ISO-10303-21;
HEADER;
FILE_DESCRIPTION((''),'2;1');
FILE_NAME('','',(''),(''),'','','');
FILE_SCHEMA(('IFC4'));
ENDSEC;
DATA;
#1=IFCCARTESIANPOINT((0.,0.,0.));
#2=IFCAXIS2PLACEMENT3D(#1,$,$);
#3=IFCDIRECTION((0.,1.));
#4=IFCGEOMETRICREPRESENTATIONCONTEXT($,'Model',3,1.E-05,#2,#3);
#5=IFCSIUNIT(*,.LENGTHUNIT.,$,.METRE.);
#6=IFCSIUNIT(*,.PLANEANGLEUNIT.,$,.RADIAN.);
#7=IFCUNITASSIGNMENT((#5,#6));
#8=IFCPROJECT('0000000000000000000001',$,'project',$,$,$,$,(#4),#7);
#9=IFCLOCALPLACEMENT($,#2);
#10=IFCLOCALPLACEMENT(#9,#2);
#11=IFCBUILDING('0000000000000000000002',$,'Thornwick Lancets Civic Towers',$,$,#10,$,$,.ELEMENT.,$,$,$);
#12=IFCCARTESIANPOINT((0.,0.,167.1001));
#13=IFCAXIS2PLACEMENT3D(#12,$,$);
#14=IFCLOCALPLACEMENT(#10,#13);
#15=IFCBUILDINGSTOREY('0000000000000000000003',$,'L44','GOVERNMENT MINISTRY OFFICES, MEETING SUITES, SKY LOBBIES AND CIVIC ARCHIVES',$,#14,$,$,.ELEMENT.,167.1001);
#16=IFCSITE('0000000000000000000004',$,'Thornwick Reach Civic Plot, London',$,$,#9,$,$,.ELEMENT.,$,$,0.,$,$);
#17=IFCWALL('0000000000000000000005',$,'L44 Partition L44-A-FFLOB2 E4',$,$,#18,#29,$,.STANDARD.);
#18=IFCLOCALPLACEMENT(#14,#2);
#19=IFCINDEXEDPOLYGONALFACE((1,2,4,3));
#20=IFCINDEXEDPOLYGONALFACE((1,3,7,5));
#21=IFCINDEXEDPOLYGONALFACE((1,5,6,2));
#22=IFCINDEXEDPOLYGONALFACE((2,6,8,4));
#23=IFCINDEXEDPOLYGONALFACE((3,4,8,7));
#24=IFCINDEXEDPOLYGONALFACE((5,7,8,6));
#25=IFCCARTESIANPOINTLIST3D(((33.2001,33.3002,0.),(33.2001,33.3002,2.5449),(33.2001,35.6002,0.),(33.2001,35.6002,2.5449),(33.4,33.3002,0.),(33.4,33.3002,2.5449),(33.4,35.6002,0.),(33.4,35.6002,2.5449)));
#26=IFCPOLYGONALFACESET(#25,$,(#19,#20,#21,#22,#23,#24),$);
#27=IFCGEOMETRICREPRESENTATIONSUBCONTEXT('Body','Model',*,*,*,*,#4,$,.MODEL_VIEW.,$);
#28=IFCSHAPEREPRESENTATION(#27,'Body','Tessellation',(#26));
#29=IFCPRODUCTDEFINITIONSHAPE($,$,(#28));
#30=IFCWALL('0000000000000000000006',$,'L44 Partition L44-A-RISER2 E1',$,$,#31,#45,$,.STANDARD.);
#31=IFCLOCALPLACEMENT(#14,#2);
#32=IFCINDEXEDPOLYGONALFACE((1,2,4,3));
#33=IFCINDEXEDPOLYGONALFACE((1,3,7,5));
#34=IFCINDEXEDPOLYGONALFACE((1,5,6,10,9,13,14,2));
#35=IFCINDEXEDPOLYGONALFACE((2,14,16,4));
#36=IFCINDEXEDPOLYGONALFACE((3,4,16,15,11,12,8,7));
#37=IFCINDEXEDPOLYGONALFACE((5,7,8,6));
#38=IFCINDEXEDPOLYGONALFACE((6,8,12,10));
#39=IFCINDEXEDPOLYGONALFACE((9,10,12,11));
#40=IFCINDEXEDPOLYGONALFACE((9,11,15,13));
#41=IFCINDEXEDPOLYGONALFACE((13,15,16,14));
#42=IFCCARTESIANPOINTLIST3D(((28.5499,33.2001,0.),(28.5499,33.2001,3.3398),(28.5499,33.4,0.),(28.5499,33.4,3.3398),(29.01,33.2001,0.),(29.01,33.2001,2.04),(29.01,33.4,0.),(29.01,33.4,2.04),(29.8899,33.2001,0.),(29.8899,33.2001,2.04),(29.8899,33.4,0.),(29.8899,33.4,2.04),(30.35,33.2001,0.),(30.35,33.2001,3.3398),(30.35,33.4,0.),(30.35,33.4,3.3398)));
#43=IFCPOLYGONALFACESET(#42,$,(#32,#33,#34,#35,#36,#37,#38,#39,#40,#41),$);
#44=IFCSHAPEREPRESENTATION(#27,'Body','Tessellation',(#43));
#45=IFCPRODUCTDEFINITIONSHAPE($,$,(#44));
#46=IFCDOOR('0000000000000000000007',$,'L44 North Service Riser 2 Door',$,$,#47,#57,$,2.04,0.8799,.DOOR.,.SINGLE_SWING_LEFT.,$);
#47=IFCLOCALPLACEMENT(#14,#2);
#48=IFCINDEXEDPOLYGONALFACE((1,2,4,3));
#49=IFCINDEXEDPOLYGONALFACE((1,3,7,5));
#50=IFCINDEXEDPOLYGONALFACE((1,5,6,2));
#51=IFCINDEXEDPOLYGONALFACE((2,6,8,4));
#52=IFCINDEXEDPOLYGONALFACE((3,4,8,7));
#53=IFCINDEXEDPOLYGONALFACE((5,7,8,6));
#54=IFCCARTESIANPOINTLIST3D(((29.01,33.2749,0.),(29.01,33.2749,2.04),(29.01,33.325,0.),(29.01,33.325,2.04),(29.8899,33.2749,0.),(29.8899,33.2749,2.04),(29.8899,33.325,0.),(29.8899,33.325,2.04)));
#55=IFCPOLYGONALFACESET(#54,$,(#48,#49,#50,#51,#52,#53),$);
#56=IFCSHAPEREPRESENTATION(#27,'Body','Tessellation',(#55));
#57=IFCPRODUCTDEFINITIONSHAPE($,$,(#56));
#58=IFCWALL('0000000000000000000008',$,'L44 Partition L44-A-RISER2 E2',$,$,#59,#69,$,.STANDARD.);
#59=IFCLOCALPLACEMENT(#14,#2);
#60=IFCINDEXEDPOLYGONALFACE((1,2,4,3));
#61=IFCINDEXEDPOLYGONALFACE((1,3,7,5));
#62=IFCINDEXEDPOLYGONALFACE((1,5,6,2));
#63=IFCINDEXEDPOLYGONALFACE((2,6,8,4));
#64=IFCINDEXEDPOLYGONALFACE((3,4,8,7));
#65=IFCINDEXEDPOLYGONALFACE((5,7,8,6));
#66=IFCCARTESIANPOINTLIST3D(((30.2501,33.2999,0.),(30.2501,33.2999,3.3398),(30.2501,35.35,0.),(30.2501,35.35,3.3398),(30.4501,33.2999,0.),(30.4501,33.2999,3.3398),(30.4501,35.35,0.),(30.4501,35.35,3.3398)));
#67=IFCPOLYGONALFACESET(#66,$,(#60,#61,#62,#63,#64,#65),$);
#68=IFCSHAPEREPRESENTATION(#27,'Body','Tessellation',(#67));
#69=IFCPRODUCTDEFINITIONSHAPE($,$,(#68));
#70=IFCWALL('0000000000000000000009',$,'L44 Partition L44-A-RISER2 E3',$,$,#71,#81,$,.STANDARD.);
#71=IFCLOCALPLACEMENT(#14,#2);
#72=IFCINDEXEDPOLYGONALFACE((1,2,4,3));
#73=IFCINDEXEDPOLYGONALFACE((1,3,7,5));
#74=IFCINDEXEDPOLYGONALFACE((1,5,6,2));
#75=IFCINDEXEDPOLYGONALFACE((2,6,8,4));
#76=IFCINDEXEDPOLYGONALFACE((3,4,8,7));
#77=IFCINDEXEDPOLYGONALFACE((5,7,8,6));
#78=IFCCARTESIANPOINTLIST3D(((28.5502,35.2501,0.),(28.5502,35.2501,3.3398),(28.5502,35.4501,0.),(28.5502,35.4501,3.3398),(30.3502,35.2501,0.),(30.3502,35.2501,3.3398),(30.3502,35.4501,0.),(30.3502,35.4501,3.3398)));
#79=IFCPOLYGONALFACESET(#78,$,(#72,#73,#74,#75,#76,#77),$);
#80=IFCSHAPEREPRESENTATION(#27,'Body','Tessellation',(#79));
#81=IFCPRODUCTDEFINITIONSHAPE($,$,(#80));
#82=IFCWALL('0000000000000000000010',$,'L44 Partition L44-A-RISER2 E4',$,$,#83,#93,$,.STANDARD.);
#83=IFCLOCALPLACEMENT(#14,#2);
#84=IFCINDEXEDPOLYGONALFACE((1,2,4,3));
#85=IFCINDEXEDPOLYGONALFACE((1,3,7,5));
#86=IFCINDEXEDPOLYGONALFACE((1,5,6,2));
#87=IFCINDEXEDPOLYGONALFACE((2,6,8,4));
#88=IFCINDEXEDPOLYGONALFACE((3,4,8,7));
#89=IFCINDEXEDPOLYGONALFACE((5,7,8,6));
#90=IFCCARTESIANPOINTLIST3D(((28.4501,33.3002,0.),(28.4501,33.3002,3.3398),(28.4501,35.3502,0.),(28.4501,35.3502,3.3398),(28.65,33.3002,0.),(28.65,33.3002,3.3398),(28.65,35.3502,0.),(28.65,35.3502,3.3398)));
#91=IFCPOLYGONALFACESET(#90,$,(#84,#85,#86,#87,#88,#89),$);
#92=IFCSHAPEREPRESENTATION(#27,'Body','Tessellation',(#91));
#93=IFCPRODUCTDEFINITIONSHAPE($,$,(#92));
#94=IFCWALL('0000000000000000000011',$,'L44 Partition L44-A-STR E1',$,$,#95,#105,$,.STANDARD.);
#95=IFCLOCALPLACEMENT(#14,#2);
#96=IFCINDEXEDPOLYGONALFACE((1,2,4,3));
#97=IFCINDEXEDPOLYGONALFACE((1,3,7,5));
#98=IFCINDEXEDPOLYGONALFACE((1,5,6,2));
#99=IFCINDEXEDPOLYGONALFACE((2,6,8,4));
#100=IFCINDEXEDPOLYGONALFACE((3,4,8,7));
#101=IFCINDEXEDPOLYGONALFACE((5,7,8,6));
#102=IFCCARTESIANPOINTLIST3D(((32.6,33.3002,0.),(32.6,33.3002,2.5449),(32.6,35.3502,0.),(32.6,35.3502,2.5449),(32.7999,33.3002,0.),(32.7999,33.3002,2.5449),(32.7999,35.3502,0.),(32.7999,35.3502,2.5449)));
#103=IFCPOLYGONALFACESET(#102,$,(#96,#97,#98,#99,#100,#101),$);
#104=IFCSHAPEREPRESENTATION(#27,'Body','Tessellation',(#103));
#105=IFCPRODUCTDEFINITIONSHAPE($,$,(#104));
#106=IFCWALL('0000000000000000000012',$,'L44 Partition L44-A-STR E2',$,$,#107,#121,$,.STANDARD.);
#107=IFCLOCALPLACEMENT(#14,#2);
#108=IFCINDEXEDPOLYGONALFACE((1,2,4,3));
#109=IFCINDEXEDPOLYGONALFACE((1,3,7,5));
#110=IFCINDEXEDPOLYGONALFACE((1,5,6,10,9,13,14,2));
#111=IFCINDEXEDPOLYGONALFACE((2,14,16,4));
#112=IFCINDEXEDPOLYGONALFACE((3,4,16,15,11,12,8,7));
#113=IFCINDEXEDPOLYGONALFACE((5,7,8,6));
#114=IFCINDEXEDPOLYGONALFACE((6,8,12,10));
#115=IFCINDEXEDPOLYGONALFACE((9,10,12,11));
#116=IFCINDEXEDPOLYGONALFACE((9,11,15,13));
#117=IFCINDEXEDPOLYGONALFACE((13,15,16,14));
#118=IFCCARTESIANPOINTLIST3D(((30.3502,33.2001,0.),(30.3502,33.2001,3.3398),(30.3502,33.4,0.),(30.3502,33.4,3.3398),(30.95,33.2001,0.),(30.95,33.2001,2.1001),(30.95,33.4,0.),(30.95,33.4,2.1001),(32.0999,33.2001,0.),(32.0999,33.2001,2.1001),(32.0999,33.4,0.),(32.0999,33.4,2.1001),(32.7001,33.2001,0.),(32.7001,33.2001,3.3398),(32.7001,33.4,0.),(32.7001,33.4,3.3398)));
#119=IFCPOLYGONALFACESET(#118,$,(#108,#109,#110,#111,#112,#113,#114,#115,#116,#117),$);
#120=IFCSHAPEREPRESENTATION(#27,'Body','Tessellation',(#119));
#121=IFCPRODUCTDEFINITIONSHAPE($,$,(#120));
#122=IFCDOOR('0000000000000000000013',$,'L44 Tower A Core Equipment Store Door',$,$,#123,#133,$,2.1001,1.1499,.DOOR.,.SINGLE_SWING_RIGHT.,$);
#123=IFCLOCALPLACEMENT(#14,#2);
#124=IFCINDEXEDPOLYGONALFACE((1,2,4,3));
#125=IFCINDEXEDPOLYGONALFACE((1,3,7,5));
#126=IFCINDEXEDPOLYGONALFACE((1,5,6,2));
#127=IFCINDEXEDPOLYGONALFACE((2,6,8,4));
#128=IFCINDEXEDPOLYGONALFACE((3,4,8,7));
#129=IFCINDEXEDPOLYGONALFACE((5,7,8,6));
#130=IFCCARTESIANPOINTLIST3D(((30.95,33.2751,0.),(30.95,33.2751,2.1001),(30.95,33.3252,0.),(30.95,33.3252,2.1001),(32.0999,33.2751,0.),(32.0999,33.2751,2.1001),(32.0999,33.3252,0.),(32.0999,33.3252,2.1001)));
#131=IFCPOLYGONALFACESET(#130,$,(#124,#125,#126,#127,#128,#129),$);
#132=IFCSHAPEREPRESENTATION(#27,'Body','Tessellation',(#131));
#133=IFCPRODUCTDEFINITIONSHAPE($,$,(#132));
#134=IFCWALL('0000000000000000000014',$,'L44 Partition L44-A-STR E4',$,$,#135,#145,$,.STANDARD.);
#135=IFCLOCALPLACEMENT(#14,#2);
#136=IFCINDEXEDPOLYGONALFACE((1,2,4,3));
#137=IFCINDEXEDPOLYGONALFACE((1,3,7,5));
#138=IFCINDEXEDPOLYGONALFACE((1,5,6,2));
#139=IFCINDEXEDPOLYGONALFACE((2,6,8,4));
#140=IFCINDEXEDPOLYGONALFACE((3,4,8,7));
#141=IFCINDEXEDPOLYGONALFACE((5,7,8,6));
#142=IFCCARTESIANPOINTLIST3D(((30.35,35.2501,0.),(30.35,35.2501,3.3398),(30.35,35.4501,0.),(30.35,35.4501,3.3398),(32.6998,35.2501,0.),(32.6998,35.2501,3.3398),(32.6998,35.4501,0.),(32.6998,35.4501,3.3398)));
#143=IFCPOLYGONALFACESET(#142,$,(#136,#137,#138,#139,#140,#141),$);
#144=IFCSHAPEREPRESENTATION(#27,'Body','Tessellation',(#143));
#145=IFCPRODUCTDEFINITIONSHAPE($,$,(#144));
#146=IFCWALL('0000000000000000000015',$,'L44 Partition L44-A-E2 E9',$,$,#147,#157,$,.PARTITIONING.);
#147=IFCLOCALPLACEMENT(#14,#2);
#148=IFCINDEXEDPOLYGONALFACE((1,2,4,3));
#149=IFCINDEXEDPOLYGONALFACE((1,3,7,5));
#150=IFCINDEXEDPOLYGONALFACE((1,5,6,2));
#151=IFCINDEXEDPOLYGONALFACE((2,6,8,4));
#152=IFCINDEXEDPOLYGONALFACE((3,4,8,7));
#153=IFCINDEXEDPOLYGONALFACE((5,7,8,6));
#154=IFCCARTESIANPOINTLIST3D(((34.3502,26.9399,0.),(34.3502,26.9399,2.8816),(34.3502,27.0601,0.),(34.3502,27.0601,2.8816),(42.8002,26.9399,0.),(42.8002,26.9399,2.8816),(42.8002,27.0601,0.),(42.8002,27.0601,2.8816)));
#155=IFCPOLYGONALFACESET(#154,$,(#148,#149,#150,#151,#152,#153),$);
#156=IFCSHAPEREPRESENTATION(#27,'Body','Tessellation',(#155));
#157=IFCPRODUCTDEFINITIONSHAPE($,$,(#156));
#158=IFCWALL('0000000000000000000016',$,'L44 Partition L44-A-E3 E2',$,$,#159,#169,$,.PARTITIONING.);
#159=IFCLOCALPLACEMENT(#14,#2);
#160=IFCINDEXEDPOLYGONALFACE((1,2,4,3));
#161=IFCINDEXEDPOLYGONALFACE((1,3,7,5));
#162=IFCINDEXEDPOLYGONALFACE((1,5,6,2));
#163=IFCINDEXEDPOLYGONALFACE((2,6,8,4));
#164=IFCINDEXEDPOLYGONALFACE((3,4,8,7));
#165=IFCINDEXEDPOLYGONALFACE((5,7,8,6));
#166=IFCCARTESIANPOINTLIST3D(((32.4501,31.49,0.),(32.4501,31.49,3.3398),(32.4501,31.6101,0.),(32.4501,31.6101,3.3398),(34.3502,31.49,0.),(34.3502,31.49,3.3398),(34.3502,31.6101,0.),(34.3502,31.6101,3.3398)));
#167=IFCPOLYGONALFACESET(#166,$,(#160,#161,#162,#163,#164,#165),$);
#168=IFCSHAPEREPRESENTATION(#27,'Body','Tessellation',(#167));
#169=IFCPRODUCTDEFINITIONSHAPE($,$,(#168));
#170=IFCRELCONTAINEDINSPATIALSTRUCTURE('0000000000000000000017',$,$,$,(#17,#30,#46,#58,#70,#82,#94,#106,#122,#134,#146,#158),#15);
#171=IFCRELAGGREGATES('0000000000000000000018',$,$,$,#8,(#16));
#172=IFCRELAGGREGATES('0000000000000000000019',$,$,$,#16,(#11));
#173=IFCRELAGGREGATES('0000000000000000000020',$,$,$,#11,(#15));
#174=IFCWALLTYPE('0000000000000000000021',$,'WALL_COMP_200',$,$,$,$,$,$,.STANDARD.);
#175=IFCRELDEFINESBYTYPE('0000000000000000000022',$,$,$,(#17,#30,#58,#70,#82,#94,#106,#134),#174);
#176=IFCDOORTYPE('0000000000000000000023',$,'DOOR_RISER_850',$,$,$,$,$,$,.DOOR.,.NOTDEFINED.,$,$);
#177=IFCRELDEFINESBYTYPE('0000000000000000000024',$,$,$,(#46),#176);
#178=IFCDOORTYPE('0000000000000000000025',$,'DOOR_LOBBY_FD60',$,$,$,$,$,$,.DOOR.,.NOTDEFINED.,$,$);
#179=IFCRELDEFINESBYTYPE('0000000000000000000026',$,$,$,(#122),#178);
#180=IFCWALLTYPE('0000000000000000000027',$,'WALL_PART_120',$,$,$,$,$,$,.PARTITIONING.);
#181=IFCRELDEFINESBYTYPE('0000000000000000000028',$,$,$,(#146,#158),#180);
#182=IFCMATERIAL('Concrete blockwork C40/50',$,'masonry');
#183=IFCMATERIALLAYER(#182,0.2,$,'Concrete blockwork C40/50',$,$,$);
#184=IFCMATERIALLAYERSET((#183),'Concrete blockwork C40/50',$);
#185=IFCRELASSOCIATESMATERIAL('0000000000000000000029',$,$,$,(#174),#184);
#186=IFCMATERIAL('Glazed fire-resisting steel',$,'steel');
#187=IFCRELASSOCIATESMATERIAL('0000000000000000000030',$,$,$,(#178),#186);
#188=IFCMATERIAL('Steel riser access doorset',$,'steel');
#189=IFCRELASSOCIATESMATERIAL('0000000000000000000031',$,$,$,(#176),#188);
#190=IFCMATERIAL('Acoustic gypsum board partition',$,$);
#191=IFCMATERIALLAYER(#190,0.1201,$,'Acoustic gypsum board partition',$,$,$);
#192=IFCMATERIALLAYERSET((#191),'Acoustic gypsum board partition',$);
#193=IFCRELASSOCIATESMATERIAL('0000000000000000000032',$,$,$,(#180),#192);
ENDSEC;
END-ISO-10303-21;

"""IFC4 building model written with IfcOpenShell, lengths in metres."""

from ifc_helpers import new_model, si_unit, direction, frame, frame_2d, origin, place, context, subcontext, project, spatial, rectangle, extrude, material, layer, layer_set, type_object, element, fill, save


model = new_model("IFC4")

# Units and contexts
model_context = context("Model", 3, precision=1e-05, world=origin(), true_north=direction((0.0, 1.0)))
body_context = subcontext(model_context, "Body", "Model", "MODEL_VIEW")
ifc_project = project(units=[si_unit("LENGTHUNIT", "METRE"), si_unit("PLANEANGLEUNIT", "RADIAN")], contexts=[model_context])

# Site, building, storey
site_placement = place(None, origin())
site = spatial("IfcSite", under=ifc_project, at=site_placement, Name="Thornwick Reach Civic Plot, London", CompositionType="ELEMENT", RefElevation=0.0)
building_placement = place(site_placement, origin())
building = spatial("IfcBuilding", under=site, at=building_placement, Name="Thornwick Lancets Civic Towers", CompositionType="ELEMENT")
storey_placement = place(building_placement, frame((0.0, 0.0, 167.1001)))
storey = spatial("IfcBuildingStorey", under=building, at=storey_placement, Name="L44", Description="GOVERNMENT MINISTRY OFFICES, MEETING SUITES, SKY LOBBIES AND CIVIC ARCHIVES", CompositionType="ELEMENT", Elevation=167.1001)

# Shared definitions
ifc_material_1 = material(Name="Concrete blockwork C40/50", Category="masonry")
ifc_layer_1 = layer(ifc_material_1, 0.2, Name="Concrete blockwork C40/50")
ifc_layer_set_1 = layer_set([ifc_layer_1], Name="Concrete blockwork C40/50")
wall_type_1 = type_object("IfcWallType", Name="WALL_COMP_200", PredefinedType="STANDARD", material=ifc_layer_set_1)
ifc_material_2 = material(Name="Glazed fire-resisting steel", Category="steel")
door_type_1 = type_object("IfcDoorType", Name="DOOR_LOBBY_FD60", OperationType="NOTDEFINED", PredefinedType="DOOR", material=ifc_material_2)

# Wall
wall_1_placement = place(storey_placement, frame((33.3, 35.6001, 0.0), z_axis=(0.0, 0.0, 1.0), x_axis=(0.0, -1.0, 0.0)))
element("IfcWall", 1, at=wall_1_placement, inside=storey, type_object=wall_type_1, Name="L44 Partition L44-A-FFLOB2 E4", PredefinedType="STANDARD", context=body_context, shape_type="SweptSolid", body=[
    extrude(rectangle(XDim=2.3, YDim=0.2, at=frame_2d((1.1499, 0.0))), origin(), (0.0, 0.0, 1.0), 2.5449),
])

# Wall, opening, door
wall_2_placement = place(storey_placement, frame((28.55, 33.3, 0.0), z_axis=(0.0, 0.0, 1.0), x_axis=(1.0, 0.0, 0.0)))
wall_2 = element("IfcWall", 2, at=wall_2_placement, inside=storey, type_object=wall_type_1, Name="L44 Partition L44-A-RISER2 E1", PredefinedType="STANDARD", context=body_context, shape_type="SweptSolid", body=[
    extrude(rectangle(XDim=1.8, YDim=0.2, at=frame_2d((0.8999, 0.0))), origin(), (0.0, 0.0, 1.0), 3.3398),
])
opening_1_placement = place(wall_2_placement, frame((0.46, 0.0, 0.0)))
opening_1 = element("IfcOpeningElement", 3, at=opening_1_placement, cuts=wall_2, PredefinedType="OPENING", context=body_context, shape_type="SweptSolid", body=[
    extrude(rectangle(XDim=0.8799, YDim=2.04, at=frame_2d((0.4399, 1.02))), frame((0.0, 0.1099, 0.0), z_axis=(0.0, -1.0, 0.0), x_axis=(1.0, 0.0, 0.0)), (0.0, 0.0, 1.0), 0.22),
])
ifc_material_3 = material(Name="Steel riser access doorset", Category="steel")
door_type_2 = type_object("IfcDoorType", Name="DOOR_RISER_850", OperationType="NOTDEFINED", PredefinedType="DOOR", material=ifc_material_3)
door_1_placement = place(opening_1_placement, origin())
door_1 = element("IfcDoor", 4, at=door_1_placement, inside=storey, type_object=door_type_2, Name="L44 North Service Riser 2 Door", OperationType="SINGLE_SWING_LEFT", OverallHeight=2.04, OverallWidth=0.8799, PredefinedType="DOOR", context=body_context, shape_type="SweptSolid", body=[
    extrude(rectangle(XDim=0.8799, YDim=2.04, at=frame_2d((0.4399, 1.02))), frame((0.0, 0.0249, 0.0), z_axis=(0.0, -1.0, 0.0), x_axis=(1.0, 0.0, 0.0)), (0.0, 0.0, 1.0), 0.05),
])
fill(opening_1, door_1)

# Walls
wall_3_placement = place(storey_placement, frame((30.3501, 33.3, 0.0), z_axis=(0.0, 0.0, 1.0), x_axis=(0.0, 1.0, 0.0)))
element("IfcWall", 5, at=wall_3_placement, inside=storey, type_object=wall_type_1, Name="L44 Partition L44-A-RISER2 E2", PredefinedType="STANDARD", context=body_context, shape_type="SweptSolid", body=[
    extrude(rectangle(XDim=2.05, YDim=0.2, at=frame_2d((1.0249, 0.0))), origin(), (0.0, 0.0, 1.0), 3.3398),
])
wall_4_placement = place(storey_placement, frame((30.3501, 35.3501, 0.0), z_axis=(0.0, 0.0, 1.0), x_axis=(-1.0, 0.0, 0.0)))
element("IfcWall", 6, at=wall_4_placement, inside=storey, type_object=wall_type_1, Name="L44 Partition L44-A-RISER2 E3", PredefinedType="STANDARD", context=body_context, shape_type="SweptSolid", body=[
    extrude(rectangle(XDim=1.8, YDim=0.2, at=frame_2d((0.8999, 0.0))), origin(), (0.0, 0.0, 1.0), 3.3398),
])
wall_5_placement = place(storey_placement, frame((28.55, 35.3501, 0.0), z_axis=(0.0, 0.0, 1.0), x_axis=(0.0, -1.0, 0.0)))
element("IfcWall", 7, at=wall_5_placement, inside=storey, type_object=wall_type_1, Name="L44 Partition L44-A-RISER2 E4", PredefinedType="STANDARD", context=body_context, shape_type="SweptSolid", body=[
    extrude(rectangle(XDim=2.05, YDim=0.2, at=frame_2d((1.0249, 0.0))), origin(), (0.0, 0.0, 1.0), 3.3398),
])
wall_6_placement = place(storey_placement, frame((32.7, 35.3501, 0.0), z_axis=(0.0, 0.0, 1.0), x_axis=(0.0, -1.0, 0.0)))
element("IfcWall", 8, at=wall_6_placement, inside=storey, type_object=wall_type_1, Name="L44 Partition L44-A-STR E1", PredefinedType="STANDARD", context=body_context, shape_type="SweptSolid", body=[
    extrude(rectangle(XDim=2.05, YDim=0.2, at=frame_2d((1.0249, 0.0))), origin(), (0.0, 0.0, 1.0), 2.5449),
])

# Wall, opening, door
wall_7_placement = place(storey_placement, frame((32.7, 33.3, 0.0), z_axis=(0.0, 0.0, 1.0), x_axis=(-1.0, 0.0, 0.0)))
wall_7 = element("IfcWall", 9, at=wall_7_placement, inside=storey, type_object=wall_type_1, Name="L44 Partition L44-A-STR E2", PredefinedType="STANDARD", context=body_context, shape_type="SweptSolid", body=[
    extrude(rectangle(XDim=2.3499, YDim=0.2, at=frame_2d((1.1748, 0.0))), origin(), (0.0, 0.0, 1.0), 3.3398),
])
opening_2_placement = place(wall_7_placement, frame((0.6001, 0.0, 0.0)))
opening_2 = element("IfcOpeningElement", 10, at=opening_2_placement, cuts=wall_7, PredefinedType="OPENING", context=body_context, shape_type="SweptSolid", body=[
    extrude(rectangle(XDim=1.1499, YDim=2.1001, at=frame_2d((0.575, 1.05))), frame((0.0, 0.1099, 0.0), z_axis=(0.0, -1.0, 0.0), x_axis=(1.0, 0.0, 0.0)), (0.0, 0.0, 1.0), 0.22),
])
door_2_placement = place(opening_2_placement, origin())
door_2 = element("IfcDoor", 11, at=door_2_placement, inside=storey, type_object=door_type_1, Name="L44 Tower A Core Equipment Store Door", OperationType="SINGLE_SWING_RIGHT", OverallHeight=2.1001, OverallWidth=1.1499, PredefinedType="DOOR", context=body_context, shape_type="SweptSolid", body=[
    extrude(rectangle(XDim=1.1499, YDim=2.1001, at=frame_2d((0.575, 1.05))), frame((0.0, 0.0249, 0.0), z_axis=(0.0, -1.0, 0.0), x_axis=(1.0, 0.0, 0.0)), (0.0, 0.0, 1.0), 0.05),
])
fill(opening_2, door_2)

# Walls
wall_8_placement = place(storey_placement, frame((30.3501, 35.3501, 0.0), z_axis=(0.0, 0.0, 1.0), x_axis=(1.0, 0.0, 0.0)))
element("IfcWall", 12, at=wall_8_placement, inside=storey, type_object=wall_type_1, Name="L44 Partition L44-A-STR E4", PredefinedType="STANDARD", context=body_context, shape_type="SweptSolid", body=[
    extrude(rectangle(XDim=2.3499, YDim=0.2, at=frame_2d((1.1748, 0.0))), origin(), (0.0, 0.0, 1.0), 3.3398),
])
ifc_material_4 = material(Name="Acoustic gypsum board partition")
ifc_layer_2 = layer(ifc_material_4, 0.1201, Name="Acoustic gypsum board partition")
ifc_layer_set_2 = layer_set([ifc_layer_2], Name="Acoustic gypsum board partition")
wall_type_2 = type_object("IfcWallType", Name="WALL_PART_120", PredefinedType="PARTITIONING", material=ifc_layer_set_2)
wall_9_placement = place(storey_placement, frame((34.3501, 27.0, 0.0), z_axis=(0.0, 0.0, 1.0), x_axis=(1.0, 0.0, 0.0)))
element("IfcWall", 13, at=wall_9_placement, inside=storey, type_object=wall_type_2, Name="L44 Partition L44-A-E2 E9", PredefinedType="PARTITIONING", context=body_context, shape_type="SweptSolid", body=[
    extrude(rectangle(XDim=8.45, YDim=0.1201, at=frame_2d((4.2251, 0.0))), origin(), (0.0, 0.0, 1.0), 2.8816),
])
wall_10_placement = place(storey_placement, frame((32.45, 31.55, 0.0), z_axis=(0.0, 0.0, 1.0), x_axis=(1.0, 0.0, 0.0)))
element("IfcWall", 14, at=wall_10_placement, inside=storey, type_object=wall_type_2, Name="L44 Partition L44-A-E3 E2", PredefinedType="PARTITIONING", context=body_context, shape_type="SweptSolid", body=[
    extrude(rectangle(XDim=1.9001, YDim=0.1201, at=frame_2d((0.9502, 0.0))), origin(), (0.0, 0.0, 1.0), 3.3398),
])

save(model, "model.ifc")
